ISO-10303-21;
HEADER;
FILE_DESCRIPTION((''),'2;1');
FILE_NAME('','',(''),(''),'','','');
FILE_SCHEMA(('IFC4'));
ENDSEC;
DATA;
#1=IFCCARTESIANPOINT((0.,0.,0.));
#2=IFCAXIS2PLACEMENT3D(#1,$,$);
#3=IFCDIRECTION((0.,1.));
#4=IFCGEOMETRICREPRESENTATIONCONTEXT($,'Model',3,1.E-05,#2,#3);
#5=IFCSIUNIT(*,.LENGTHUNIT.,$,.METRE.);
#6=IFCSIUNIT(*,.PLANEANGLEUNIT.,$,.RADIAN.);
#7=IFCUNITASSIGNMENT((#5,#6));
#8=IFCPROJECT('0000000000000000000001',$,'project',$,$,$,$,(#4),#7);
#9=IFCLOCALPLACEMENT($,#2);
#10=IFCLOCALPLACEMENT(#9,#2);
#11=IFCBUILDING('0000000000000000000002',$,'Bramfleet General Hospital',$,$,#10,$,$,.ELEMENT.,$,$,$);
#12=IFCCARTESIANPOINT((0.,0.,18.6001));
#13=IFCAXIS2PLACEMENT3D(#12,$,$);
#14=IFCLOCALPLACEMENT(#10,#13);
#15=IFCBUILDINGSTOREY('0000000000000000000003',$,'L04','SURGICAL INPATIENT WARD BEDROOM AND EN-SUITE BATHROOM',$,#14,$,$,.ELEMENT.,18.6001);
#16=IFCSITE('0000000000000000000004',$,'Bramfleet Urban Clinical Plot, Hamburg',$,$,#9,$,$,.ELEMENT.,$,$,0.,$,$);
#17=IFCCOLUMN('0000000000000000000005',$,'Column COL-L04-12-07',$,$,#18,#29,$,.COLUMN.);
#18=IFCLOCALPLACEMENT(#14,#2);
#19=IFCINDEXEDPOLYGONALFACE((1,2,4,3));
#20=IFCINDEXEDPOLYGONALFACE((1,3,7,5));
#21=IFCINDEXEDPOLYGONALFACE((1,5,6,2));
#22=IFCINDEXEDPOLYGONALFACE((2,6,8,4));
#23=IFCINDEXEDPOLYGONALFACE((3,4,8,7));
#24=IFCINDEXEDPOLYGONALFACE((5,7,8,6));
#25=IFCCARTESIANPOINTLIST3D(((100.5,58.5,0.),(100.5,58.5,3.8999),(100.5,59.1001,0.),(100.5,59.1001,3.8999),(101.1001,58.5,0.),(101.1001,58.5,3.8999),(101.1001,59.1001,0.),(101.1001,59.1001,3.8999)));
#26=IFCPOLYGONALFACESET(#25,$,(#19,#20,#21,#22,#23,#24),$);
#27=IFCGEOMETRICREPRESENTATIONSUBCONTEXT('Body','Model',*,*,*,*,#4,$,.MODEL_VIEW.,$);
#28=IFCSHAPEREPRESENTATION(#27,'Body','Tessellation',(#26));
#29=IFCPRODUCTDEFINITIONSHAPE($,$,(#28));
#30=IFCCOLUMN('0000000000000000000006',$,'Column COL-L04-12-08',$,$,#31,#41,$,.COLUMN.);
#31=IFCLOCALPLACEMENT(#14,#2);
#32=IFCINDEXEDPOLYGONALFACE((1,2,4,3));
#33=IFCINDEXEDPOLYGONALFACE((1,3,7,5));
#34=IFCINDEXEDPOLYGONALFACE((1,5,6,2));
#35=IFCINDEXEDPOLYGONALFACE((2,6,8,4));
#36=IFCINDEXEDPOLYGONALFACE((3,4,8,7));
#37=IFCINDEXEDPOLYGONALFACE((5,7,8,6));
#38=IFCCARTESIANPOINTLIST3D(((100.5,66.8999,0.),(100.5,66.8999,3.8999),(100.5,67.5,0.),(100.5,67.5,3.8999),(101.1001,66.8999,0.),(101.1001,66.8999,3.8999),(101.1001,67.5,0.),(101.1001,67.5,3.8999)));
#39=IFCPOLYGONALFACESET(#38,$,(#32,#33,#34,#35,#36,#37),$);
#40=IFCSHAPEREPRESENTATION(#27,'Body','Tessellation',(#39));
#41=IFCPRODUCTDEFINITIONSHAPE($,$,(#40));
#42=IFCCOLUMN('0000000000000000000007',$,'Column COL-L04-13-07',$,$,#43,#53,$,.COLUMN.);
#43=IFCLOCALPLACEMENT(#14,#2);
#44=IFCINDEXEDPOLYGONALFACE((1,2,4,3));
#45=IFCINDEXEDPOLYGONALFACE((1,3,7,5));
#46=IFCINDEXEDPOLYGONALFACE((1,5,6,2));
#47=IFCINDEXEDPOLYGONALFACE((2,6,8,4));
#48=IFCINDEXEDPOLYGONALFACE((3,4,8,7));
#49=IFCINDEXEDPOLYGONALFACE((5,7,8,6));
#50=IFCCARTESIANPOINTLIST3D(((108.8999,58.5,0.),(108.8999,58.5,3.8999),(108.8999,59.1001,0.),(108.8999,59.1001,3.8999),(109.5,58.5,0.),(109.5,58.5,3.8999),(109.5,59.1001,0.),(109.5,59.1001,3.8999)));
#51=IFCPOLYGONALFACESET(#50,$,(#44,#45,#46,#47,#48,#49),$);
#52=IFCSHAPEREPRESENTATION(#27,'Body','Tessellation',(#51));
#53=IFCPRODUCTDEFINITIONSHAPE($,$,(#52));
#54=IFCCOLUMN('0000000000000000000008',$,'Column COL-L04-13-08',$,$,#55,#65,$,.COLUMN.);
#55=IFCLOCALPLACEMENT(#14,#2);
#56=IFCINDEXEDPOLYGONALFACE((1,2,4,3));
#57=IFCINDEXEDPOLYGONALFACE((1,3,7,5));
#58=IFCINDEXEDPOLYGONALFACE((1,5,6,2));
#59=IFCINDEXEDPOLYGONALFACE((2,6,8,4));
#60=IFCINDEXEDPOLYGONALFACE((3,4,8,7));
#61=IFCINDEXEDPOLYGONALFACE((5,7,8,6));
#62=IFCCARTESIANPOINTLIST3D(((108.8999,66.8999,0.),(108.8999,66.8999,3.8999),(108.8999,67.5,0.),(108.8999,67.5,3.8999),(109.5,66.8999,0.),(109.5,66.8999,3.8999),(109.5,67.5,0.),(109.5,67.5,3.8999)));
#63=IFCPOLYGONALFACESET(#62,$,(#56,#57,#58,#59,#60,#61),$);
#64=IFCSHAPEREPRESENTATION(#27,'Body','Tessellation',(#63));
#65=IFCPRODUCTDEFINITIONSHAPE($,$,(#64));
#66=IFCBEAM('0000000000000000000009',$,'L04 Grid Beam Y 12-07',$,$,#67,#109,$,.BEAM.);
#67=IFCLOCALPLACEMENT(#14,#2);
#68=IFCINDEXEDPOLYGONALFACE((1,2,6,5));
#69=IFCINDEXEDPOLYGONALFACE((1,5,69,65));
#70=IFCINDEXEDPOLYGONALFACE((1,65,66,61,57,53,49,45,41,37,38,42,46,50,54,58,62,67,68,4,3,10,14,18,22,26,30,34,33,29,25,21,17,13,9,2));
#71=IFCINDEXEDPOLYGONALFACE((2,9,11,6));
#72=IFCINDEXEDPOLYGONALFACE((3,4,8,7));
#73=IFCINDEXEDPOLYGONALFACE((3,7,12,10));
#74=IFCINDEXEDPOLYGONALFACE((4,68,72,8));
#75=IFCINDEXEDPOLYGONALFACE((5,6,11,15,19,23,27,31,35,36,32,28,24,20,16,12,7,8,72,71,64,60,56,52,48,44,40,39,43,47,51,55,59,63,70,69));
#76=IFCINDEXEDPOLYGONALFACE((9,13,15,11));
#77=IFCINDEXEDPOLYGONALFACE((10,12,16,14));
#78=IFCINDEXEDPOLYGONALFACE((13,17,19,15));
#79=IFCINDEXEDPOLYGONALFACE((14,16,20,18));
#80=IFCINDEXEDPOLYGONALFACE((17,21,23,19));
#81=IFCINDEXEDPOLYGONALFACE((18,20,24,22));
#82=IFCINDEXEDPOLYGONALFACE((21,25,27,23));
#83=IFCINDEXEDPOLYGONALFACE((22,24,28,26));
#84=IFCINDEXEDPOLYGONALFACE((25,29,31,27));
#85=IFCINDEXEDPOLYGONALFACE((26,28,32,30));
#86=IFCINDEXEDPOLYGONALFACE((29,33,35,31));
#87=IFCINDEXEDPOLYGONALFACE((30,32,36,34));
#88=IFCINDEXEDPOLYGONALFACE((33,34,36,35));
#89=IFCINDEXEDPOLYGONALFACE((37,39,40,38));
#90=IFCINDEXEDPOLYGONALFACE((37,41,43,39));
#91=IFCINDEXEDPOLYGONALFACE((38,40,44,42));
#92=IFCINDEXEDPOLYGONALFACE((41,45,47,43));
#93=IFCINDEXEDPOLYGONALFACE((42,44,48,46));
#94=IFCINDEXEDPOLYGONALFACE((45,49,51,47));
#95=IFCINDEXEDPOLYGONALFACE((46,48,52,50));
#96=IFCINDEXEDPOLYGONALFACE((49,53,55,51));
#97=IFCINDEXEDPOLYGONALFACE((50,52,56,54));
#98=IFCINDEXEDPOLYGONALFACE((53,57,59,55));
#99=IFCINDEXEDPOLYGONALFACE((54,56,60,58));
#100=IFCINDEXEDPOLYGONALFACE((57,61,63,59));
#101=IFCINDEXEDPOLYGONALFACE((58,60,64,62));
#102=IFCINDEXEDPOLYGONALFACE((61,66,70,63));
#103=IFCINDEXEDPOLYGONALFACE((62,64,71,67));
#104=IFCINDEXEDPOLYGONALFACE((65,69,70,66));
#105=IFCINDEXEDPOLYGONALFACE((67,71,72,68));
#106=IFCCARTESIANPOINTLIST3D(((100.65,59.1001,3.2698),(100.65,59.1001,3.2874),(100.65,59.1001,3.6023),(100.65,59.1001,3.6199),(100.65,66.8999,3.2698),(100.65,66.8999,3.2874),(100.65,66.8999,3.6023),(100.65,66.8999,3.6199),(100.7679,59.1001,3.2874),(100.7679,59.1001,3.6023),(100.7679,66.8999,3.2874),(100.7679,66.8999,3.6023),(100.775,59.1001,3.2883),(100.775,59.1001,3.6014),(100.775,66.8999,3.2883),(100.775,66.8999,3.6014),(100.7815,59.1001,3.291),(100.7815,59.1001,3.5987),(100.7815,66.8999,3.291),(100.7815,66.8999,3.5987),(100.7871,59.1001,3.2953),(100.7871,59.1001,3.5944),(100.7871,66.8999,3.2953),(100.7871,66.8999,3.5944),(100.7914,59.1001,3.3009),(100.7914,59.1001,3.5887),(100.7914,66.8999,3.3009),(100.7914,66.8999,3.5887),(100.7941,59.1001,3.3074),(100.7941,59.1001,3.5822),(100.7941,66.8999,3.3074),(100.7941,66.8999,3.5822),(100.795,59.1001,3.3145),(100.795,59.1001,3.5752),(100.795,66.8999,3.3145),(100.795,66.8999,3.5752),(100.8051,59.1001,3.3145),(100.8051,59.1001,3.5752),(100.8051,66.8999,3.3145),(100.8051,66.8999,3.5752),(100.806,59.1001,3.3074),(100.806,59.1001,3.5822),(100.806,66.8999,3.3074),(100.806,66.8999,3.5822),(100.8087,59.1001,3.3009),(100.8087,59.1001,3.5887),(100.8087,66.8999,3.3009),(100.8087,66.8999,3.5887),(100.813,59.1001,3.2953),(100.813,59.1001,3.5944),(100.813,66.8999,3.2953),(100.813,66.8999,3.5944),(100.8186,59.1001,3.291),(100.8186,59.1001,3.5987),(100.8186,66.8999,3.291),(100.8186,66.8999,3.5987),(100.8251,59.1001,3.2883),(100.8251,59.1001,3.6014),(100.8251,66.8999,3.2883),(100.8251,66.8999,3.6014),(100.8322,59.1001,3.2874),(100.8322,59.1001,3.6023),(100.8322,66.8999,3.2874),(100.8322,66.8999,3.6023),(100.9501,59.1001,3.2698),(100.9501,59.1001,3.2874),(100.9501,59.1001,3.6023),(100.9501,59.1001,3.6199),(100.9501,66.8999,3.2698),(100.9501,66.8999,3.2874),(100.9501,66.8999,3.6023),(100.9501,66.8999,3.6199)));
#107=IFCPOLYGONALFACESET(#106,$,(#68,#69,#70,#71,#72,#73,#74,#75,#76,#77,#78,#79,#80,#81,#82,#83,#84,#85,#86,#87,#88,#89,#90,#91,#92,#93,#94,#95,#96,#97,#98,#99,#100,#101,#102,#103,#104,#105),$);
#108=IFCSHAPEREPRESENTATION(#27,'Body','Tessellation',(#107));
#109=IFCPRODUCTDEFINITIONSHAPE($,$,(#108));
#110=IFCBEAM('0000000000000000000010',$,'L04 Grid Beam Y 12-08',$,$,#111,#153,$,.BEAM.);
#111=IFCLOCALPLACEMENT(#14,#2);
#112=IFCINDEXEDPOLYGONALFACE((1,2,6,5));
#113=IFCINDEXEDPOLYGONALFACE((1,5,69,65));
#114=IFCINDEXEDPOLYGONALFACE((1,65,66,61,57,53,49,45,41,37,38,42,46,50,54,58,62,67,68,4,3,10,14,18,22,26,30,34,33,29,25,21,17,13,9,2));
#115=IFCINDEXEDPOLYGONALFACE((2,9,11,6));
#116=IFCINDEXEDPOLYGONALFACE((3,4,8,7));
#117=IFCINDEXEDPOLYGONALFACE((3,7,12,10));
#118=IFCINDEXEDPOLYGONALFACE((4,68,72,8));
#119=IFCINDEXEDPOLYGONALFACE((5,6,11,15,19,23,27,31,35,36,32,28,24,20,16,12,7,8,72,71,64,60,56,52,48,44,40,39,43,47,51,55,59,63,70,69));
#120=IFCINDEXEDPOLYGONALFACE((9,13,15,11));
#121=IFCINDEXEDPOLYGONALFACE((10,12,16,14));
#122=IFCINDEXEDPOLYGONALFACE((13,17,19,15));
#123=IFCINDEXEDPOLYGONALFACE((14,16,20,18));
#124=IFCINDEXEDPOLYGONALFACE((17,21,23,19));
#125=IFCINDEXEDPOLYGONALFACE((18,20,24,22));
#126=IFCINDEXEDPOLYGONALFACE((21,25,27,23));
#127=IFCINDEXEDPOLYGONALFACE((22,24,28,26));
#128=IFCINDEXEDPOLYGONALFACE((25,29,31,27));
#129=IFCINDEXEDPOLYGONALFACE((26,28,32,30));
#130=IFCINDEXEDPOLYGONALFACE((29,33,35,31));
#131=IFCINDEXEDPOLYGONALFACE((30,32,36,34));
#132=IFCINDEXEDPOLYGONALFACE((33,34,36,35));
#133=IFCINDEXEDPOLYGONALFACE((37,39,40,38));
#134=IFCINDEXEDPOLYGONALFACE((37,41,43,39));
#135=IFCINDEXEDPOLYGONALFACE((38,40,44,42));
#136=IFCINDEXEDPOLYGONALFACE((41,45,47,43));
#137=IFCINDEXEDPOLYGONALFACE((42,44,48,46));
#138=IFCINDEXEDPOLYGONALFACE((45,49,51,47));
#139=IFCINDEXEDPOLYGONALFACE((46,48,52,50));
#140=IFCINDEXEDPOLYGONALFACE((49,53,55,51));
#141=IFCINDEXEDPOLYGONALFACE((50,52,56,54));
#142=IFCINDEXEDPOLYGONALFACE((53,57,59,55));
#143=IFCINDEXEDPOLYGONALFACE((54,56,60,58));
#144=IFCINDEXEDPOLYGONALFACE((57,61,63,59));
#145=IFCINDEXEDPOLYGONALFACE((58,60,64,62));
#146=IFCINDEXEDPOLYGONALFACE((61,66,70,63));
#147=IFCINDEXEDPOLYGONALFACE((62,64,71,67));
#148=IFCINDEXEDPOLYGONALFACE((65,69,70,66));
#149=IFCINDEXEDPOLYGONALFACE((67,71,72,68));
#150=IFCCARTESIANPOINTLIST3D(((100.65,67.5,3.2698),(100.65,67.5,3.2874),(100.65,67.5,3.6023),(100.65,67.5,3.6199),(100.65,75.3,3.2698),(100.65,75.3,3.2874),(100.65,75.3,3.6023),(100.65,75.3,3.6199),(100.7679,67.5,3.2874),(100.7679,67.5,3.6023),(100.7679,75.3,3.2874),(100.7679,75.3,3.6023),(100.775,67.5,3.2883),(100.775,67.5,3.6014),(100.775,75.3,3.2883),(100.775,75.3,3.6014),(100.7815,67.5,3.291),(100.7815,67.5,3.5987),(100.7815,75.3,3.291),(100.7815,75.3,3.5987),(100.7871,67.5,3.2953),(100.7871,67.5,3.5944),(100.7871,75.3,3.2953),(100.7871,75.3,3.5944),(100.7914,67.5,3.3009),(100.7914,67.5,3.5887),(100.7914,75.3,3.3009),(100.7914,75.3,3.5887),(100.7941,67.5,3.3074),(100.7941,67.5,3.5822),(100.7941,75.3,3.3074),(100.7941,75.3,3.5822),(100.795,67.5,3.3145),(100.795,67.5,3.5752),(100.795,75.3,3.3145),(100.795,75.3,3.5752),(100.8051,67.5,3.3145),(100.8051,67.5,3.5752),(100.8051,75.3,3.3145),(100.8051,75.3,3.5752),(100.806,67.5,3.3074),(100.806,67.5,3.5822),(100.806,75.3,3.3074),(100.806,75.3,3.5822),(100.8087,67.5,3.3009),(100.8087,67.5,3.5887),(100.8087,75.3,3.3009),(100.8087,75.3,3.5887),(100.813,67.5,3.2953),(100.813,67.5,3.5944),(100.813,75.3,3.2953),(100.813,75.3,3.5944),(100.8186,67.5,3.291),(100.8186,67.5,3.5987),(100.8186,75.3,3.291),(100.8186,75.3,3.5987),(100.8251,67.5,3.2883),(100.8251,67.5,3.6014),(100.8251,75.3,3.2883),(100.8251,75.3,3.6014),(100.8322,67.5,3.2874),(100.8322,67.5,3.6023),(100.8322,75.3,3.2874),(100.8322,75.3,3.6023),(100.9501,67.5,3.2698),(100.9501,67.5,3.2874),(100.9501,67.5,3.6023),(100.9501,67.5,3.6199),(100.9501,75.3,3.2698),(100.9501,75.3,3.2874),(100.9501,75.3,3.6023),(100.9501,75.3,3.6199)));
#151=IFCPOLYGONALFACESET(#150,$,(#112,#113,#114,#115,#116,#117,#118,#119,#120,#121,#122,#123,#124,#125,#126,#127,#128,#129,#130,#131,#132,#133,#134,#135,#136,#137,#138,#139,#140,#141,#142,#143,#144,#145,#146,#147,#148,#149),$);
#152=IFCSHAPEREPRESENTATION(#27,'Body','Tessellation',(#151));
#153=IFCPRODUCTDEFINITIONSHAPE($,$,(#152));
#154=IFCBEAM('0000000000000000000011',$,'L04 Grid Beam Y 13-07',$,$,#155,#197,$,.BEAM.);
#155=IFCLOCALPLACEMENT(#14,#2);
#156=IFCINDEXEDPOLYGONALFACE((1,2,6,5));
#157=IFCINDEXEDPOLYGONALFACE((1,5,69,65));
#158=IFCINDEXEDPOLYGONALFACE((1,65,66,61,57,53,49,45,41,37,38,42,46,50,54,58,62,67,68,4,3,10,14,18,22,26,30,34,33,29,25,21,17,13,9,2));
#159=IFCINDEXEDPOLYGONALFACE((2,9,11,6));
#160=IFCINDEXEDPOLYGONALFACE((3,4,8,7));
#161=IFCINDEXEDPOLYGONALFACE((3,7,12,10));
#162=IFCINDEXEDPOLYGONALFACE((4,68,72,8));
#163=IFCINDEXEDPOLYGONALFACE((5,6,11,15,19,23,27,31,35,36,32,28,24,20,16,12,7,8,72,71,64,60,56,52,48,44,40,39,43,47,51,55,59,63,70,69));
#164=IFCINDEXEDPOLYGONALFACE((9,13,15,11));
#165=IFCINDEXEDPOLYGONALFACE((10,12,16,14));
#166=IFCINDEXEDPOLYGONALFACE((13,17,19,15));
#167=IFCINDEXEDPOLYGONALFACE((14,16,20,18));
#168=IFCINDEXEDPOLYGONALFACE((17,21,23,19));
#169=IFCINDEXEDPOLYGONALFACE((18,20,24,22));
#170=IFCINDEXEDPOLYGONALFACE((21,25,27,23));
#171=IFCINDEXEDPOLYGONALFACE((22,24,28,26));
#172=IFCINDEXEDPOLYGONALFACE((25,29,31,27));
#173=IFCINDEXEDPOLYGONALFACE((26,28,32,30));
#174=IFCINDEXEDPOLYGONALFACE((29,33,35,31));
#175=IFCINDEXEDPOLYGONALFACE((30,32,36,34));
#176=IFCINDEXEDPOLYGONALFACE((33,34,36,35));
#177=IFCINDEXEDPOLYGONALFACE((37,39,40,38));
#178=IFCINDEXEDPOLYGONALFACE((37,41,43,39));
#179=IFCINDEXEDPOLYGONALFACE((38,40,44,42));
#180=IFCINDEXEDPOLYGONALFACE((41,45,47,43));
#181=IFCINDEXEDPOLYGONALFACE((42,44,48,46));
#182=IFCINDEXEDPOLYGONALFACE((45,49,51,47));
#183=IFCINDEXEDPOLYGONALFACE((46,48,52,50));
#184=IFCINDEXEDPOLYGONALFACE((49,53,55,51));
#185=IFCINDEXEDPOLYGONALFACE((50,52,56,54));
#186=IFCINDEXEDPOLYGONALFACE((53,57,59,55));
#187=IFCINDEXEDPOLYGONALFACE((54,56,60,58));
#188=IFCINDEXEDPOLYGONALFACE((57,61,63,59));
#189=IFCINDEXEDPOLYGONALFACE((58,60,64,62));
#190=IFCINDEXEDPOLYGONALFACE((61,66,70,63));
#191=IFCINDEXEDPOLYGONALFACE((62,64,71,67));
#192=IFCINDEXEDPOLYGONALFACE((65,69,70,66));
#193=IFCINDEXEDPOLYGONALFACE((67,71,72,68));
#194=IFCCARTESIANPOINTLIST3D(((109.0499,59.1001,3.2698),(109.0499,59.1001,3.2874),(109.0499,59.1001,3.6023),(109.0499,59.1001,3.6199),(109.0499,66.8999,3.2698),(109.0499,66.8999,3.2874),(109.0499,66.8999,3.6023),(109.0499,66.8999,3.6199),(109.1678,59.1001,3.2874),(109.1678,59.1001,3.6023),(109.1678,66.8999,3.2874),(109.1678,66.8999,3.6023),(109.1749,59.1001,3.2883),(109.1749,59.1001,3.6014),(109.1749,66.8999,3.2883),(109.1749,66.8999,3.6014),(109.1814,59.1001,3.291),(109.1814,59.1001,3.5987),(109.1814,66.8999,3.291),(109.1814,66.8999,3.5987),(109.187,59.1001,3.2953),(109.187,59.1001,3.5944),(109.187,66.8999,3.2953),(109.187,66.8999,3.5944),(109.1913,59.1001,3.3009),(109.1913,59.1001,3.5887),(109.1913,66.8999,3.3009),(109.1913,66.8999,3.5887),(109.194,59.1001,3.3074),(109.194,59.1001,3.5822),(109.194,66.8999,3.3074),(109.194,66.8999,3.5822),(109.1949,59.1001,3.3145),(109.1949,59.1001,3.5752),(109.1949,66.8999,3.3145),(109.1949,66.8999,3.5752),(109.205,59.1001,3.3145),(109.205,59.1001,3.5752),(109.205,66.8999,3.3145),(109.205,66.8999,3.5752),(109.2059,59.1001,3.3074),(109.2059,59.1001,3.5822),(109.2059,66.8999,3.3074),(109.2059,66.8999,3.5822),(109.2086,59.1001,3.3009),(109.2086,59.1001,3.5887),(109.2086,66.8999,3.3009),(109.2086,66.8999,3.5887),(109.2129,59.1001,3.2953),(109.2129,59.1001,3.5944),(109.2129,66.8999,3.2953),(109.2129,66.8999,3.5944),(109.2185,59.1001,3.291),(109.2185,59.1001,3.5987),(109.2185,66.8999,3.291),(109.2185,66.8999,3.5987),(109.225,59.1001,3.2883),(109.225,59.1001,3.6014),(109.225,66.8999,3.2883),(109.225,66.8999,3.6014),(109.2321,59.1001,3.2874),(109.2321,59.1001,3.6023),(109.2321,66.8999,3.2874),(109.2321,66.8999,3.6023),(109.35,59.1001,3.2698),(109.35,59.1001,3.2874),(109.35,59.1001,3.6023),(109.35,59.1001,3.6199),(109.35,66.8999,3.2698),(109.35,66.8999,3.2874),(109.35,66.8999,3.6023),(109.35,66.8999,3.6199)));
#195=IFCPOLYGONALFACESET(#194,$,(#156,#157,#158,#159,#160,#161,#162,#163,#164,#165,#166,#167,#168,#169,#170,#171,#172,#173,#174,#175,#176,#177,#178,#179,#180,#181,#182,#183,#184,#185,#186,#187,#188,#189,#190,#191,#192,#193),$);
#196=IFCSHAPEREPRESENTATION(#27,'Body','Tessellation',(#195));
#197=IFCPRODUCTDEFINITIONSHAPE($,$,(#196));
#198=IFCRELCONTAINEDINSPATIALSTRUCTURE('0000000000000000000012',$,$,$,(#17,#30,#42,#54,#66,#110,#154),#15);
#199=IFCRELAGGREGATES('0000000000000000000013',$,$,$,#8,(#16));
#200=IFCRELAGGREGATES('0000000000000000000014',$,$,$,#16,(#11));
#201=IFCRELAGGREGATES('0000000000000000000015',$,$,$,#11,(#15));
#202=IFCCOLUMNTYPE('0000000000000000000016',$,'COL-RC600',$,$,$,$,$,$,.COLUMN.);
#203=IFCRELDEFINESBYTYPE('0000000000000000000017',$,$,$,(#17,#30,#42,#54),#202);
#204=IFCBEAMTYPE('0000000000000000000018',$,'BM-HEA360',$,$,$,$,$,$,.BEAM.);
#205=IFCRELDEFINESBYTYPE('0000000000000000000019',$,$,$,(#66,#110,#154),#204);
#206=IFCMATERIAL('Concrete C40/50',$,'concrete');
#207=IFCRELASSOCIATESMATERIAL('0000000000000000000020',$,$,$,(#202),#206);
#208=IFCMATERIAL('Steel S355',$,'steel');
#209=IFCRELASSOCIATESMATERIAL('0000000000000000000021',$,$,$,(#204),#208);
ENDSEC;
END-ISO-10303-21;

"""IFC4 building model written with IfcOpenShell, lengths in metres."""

from ifc_helpers import new_model, si_unit, direction, frame, origin, origin_2d, place, context, subcontext, project, spatial, rectangle, i_section, extrude, material, material_profile, profile_set, type_object, element, save


model = new_model("IFC4")

# Units and contexts
model_context = context("Model", 3, precision=1e-05, world=origin(), true_north=direction((0.0, 1.0)))
body_context = subcontext(model_context, "Body", "Model", "MODEL_VIEW")
ifc_project = project(units=[si_unit("LENGTHUNIT", "METRE"), si_unit("PLANEANGLEUNIT", "RADIAN")], contexts=[model_context])

# Site, building, storey
site_placement = place(None, origin())
site = spatial("IfcSite", under=ifc_project, at=site_placement, Name="Bramfleet Urban Clinical Plot, Hamburg", CompositionType="ELEMENT", RefElevation=0.0)
building_placement = place(site_placement, origin())
building = spatial("IfcBuilding", under=site, at=building_placement, Name="Bramfleet General Hospital", CompositionType="ELEMENT")
storey_placement = place(building_placement, frame((0.0, 0.0, 18.6001)))
storey = spatial("IfcBuildingStorey", under=building, at=storey_placement, Name="L04", Description="SURGICAL INPATIENT WARD BEDROOM AND EN-SUITE BATHROOM", CompositionType="ELEMENT", Elevation=18.6001)

# Columns
ifc_material_1 = material(Name="Concrete C40/50", Category="concrete")
ifc_material_profile_1 = material_profile(ifc_material_1, rectangle(XDim=0.6001, YDim=0.6001, at=origin_2d()), Name="RC COL 600x600")
ifc_profile_set_1 = profile_set([ifc_material_profile_1], Name="Concrete C40/50")
column_type = type_object("IfcColumnType", Name="COL-RC600", PredefinedType="COLUMN", material=ifc_profile_set_1)
for number, where, z_axis, x_axis, name in (
    (1, (100.8, 58.8, 0.0), (0.0, 0.0, 1.0), (1.0, 0.0, 0.0), "Column COL-L04-12-07"),
    (2, (100.8, 67.2, 0.0), (0.0, 0.0, 1.0), (1.0, 0.0, 0.0), "Column COL-L04-12-08"),
    (3, (109.2, 58.8, 0.0), (0.0, 0.0, 1.0), (1.0, 0.0, 0.0), "Column COL-L04-13-07"),
    (4, (109.2, 67.2, 0.0), (0.0, 0.0, 1.0), (1.0, 0.0, 0.0), "Column COL-L04-13-08"),
):
    element("IfcColumn", number, at=place(storey_placement, frame(where, z_axis=z_axis, x_axis=x_axis)), inside=storey, type_object=column_type, Name=name, PredefinedType="COLUMN", context=body_context, shape_type="SweptSolid", body=[
        extrude(rectangle(XDim=0.6001, YDim=0.6001, at=origin_2d()), origin(), (0.0, 0.0, 1.0), 3.8999),
    ])

# Beams
ifc_material_2 = material(Name="Steel S355", Category="steel")
ifc_material_profile_2 = material_profile(ifc_material_2, i_section(OverallWidth=0.3, OverallDepth=0.3501, WebThickness=0.01, FlangeThickness=0.0176, FilletRadius=0.0271, at=origin_2d()), Name="HEA 360")
ifc_profile_set_2 = profile_set([ifc_material_profile_2], Name="Steel S355")
beam_type_1 = type_object("IfcBeamType", Name="BM-HEA360", PredefinedType="BEAM", material=ifc_profile_set_2)
beam_1_placement = place(storey_placement, frame((100.8, 59.1001, 3.4448), z_axis=(0.0, 1.0, 0.0), x_axis=(-1.0, 0.0, 0.0)))
element("IfcBeam", 5, at=beam_1_placement, inside=storey, type_object=beam_type_1, Name="L04 Grid Beam Y 12-07", PredefinedType="BEAM", context=body_context, shape_type="SweptSolid", body=[
    extrude(i_section(OverallWidth=0.3, OverallDepth=0.3501, WebThickness=0.01, FlangeThickness=0.0176, FilletRadius=0.0271, at=origin_2d()), origin(), (0.0, 0.0, 1.0), 7.7998),
])
beam_2_placement = place(storey_placement, frame((100.8, 67.5, 3.4448), z_axis=(0.0, 1.0, 0.0), x_axis=(-1.0, 0.0, 0.0)))
element("IfcBeam", 6, at=beam_2_placement, inside=storey, type_object=beam_type_1, Name="L04 Grid Beam Y 12-08", PredefinedType="BEAM", context=body_context, shape_type="SweptSolid", body=[
    extrude(i_section(OverallWidth=0.3, OverallDepth=0.3501, WebThickness=0.01, FlangeThickness=0.0176, FilletRadius=0.0271, at=origin_2d()), origin(), (0.0, 0.0, 1.0), 7.8),
])
beam_3_placement = place(storey_placement, frame((109.2, 59.1001, 3.4448), z_axis=(0.0, 1.0, 0.0), x_axis=(-1.0, 0.0, 0.0)))
element("IfcBeam", 7, at=beam_3_placement, inside=storey, type_object=beam_type_1, Name="L04 Grid Beam Y 13-07", PredefinedType="BEAM", context=body_context, shape_type="SweptSolid", body=[
    extrude(i_section(OverallWidth=0.3, OverallDepth=0.3501, WebThickness=0.01, FlangeThickness=0.0176, FilletRadius=0.0271, at=origin_2d()), origin(), (0.0, 0.0, 1.0), 7.7998),
])

save(model, "model.ifc")
